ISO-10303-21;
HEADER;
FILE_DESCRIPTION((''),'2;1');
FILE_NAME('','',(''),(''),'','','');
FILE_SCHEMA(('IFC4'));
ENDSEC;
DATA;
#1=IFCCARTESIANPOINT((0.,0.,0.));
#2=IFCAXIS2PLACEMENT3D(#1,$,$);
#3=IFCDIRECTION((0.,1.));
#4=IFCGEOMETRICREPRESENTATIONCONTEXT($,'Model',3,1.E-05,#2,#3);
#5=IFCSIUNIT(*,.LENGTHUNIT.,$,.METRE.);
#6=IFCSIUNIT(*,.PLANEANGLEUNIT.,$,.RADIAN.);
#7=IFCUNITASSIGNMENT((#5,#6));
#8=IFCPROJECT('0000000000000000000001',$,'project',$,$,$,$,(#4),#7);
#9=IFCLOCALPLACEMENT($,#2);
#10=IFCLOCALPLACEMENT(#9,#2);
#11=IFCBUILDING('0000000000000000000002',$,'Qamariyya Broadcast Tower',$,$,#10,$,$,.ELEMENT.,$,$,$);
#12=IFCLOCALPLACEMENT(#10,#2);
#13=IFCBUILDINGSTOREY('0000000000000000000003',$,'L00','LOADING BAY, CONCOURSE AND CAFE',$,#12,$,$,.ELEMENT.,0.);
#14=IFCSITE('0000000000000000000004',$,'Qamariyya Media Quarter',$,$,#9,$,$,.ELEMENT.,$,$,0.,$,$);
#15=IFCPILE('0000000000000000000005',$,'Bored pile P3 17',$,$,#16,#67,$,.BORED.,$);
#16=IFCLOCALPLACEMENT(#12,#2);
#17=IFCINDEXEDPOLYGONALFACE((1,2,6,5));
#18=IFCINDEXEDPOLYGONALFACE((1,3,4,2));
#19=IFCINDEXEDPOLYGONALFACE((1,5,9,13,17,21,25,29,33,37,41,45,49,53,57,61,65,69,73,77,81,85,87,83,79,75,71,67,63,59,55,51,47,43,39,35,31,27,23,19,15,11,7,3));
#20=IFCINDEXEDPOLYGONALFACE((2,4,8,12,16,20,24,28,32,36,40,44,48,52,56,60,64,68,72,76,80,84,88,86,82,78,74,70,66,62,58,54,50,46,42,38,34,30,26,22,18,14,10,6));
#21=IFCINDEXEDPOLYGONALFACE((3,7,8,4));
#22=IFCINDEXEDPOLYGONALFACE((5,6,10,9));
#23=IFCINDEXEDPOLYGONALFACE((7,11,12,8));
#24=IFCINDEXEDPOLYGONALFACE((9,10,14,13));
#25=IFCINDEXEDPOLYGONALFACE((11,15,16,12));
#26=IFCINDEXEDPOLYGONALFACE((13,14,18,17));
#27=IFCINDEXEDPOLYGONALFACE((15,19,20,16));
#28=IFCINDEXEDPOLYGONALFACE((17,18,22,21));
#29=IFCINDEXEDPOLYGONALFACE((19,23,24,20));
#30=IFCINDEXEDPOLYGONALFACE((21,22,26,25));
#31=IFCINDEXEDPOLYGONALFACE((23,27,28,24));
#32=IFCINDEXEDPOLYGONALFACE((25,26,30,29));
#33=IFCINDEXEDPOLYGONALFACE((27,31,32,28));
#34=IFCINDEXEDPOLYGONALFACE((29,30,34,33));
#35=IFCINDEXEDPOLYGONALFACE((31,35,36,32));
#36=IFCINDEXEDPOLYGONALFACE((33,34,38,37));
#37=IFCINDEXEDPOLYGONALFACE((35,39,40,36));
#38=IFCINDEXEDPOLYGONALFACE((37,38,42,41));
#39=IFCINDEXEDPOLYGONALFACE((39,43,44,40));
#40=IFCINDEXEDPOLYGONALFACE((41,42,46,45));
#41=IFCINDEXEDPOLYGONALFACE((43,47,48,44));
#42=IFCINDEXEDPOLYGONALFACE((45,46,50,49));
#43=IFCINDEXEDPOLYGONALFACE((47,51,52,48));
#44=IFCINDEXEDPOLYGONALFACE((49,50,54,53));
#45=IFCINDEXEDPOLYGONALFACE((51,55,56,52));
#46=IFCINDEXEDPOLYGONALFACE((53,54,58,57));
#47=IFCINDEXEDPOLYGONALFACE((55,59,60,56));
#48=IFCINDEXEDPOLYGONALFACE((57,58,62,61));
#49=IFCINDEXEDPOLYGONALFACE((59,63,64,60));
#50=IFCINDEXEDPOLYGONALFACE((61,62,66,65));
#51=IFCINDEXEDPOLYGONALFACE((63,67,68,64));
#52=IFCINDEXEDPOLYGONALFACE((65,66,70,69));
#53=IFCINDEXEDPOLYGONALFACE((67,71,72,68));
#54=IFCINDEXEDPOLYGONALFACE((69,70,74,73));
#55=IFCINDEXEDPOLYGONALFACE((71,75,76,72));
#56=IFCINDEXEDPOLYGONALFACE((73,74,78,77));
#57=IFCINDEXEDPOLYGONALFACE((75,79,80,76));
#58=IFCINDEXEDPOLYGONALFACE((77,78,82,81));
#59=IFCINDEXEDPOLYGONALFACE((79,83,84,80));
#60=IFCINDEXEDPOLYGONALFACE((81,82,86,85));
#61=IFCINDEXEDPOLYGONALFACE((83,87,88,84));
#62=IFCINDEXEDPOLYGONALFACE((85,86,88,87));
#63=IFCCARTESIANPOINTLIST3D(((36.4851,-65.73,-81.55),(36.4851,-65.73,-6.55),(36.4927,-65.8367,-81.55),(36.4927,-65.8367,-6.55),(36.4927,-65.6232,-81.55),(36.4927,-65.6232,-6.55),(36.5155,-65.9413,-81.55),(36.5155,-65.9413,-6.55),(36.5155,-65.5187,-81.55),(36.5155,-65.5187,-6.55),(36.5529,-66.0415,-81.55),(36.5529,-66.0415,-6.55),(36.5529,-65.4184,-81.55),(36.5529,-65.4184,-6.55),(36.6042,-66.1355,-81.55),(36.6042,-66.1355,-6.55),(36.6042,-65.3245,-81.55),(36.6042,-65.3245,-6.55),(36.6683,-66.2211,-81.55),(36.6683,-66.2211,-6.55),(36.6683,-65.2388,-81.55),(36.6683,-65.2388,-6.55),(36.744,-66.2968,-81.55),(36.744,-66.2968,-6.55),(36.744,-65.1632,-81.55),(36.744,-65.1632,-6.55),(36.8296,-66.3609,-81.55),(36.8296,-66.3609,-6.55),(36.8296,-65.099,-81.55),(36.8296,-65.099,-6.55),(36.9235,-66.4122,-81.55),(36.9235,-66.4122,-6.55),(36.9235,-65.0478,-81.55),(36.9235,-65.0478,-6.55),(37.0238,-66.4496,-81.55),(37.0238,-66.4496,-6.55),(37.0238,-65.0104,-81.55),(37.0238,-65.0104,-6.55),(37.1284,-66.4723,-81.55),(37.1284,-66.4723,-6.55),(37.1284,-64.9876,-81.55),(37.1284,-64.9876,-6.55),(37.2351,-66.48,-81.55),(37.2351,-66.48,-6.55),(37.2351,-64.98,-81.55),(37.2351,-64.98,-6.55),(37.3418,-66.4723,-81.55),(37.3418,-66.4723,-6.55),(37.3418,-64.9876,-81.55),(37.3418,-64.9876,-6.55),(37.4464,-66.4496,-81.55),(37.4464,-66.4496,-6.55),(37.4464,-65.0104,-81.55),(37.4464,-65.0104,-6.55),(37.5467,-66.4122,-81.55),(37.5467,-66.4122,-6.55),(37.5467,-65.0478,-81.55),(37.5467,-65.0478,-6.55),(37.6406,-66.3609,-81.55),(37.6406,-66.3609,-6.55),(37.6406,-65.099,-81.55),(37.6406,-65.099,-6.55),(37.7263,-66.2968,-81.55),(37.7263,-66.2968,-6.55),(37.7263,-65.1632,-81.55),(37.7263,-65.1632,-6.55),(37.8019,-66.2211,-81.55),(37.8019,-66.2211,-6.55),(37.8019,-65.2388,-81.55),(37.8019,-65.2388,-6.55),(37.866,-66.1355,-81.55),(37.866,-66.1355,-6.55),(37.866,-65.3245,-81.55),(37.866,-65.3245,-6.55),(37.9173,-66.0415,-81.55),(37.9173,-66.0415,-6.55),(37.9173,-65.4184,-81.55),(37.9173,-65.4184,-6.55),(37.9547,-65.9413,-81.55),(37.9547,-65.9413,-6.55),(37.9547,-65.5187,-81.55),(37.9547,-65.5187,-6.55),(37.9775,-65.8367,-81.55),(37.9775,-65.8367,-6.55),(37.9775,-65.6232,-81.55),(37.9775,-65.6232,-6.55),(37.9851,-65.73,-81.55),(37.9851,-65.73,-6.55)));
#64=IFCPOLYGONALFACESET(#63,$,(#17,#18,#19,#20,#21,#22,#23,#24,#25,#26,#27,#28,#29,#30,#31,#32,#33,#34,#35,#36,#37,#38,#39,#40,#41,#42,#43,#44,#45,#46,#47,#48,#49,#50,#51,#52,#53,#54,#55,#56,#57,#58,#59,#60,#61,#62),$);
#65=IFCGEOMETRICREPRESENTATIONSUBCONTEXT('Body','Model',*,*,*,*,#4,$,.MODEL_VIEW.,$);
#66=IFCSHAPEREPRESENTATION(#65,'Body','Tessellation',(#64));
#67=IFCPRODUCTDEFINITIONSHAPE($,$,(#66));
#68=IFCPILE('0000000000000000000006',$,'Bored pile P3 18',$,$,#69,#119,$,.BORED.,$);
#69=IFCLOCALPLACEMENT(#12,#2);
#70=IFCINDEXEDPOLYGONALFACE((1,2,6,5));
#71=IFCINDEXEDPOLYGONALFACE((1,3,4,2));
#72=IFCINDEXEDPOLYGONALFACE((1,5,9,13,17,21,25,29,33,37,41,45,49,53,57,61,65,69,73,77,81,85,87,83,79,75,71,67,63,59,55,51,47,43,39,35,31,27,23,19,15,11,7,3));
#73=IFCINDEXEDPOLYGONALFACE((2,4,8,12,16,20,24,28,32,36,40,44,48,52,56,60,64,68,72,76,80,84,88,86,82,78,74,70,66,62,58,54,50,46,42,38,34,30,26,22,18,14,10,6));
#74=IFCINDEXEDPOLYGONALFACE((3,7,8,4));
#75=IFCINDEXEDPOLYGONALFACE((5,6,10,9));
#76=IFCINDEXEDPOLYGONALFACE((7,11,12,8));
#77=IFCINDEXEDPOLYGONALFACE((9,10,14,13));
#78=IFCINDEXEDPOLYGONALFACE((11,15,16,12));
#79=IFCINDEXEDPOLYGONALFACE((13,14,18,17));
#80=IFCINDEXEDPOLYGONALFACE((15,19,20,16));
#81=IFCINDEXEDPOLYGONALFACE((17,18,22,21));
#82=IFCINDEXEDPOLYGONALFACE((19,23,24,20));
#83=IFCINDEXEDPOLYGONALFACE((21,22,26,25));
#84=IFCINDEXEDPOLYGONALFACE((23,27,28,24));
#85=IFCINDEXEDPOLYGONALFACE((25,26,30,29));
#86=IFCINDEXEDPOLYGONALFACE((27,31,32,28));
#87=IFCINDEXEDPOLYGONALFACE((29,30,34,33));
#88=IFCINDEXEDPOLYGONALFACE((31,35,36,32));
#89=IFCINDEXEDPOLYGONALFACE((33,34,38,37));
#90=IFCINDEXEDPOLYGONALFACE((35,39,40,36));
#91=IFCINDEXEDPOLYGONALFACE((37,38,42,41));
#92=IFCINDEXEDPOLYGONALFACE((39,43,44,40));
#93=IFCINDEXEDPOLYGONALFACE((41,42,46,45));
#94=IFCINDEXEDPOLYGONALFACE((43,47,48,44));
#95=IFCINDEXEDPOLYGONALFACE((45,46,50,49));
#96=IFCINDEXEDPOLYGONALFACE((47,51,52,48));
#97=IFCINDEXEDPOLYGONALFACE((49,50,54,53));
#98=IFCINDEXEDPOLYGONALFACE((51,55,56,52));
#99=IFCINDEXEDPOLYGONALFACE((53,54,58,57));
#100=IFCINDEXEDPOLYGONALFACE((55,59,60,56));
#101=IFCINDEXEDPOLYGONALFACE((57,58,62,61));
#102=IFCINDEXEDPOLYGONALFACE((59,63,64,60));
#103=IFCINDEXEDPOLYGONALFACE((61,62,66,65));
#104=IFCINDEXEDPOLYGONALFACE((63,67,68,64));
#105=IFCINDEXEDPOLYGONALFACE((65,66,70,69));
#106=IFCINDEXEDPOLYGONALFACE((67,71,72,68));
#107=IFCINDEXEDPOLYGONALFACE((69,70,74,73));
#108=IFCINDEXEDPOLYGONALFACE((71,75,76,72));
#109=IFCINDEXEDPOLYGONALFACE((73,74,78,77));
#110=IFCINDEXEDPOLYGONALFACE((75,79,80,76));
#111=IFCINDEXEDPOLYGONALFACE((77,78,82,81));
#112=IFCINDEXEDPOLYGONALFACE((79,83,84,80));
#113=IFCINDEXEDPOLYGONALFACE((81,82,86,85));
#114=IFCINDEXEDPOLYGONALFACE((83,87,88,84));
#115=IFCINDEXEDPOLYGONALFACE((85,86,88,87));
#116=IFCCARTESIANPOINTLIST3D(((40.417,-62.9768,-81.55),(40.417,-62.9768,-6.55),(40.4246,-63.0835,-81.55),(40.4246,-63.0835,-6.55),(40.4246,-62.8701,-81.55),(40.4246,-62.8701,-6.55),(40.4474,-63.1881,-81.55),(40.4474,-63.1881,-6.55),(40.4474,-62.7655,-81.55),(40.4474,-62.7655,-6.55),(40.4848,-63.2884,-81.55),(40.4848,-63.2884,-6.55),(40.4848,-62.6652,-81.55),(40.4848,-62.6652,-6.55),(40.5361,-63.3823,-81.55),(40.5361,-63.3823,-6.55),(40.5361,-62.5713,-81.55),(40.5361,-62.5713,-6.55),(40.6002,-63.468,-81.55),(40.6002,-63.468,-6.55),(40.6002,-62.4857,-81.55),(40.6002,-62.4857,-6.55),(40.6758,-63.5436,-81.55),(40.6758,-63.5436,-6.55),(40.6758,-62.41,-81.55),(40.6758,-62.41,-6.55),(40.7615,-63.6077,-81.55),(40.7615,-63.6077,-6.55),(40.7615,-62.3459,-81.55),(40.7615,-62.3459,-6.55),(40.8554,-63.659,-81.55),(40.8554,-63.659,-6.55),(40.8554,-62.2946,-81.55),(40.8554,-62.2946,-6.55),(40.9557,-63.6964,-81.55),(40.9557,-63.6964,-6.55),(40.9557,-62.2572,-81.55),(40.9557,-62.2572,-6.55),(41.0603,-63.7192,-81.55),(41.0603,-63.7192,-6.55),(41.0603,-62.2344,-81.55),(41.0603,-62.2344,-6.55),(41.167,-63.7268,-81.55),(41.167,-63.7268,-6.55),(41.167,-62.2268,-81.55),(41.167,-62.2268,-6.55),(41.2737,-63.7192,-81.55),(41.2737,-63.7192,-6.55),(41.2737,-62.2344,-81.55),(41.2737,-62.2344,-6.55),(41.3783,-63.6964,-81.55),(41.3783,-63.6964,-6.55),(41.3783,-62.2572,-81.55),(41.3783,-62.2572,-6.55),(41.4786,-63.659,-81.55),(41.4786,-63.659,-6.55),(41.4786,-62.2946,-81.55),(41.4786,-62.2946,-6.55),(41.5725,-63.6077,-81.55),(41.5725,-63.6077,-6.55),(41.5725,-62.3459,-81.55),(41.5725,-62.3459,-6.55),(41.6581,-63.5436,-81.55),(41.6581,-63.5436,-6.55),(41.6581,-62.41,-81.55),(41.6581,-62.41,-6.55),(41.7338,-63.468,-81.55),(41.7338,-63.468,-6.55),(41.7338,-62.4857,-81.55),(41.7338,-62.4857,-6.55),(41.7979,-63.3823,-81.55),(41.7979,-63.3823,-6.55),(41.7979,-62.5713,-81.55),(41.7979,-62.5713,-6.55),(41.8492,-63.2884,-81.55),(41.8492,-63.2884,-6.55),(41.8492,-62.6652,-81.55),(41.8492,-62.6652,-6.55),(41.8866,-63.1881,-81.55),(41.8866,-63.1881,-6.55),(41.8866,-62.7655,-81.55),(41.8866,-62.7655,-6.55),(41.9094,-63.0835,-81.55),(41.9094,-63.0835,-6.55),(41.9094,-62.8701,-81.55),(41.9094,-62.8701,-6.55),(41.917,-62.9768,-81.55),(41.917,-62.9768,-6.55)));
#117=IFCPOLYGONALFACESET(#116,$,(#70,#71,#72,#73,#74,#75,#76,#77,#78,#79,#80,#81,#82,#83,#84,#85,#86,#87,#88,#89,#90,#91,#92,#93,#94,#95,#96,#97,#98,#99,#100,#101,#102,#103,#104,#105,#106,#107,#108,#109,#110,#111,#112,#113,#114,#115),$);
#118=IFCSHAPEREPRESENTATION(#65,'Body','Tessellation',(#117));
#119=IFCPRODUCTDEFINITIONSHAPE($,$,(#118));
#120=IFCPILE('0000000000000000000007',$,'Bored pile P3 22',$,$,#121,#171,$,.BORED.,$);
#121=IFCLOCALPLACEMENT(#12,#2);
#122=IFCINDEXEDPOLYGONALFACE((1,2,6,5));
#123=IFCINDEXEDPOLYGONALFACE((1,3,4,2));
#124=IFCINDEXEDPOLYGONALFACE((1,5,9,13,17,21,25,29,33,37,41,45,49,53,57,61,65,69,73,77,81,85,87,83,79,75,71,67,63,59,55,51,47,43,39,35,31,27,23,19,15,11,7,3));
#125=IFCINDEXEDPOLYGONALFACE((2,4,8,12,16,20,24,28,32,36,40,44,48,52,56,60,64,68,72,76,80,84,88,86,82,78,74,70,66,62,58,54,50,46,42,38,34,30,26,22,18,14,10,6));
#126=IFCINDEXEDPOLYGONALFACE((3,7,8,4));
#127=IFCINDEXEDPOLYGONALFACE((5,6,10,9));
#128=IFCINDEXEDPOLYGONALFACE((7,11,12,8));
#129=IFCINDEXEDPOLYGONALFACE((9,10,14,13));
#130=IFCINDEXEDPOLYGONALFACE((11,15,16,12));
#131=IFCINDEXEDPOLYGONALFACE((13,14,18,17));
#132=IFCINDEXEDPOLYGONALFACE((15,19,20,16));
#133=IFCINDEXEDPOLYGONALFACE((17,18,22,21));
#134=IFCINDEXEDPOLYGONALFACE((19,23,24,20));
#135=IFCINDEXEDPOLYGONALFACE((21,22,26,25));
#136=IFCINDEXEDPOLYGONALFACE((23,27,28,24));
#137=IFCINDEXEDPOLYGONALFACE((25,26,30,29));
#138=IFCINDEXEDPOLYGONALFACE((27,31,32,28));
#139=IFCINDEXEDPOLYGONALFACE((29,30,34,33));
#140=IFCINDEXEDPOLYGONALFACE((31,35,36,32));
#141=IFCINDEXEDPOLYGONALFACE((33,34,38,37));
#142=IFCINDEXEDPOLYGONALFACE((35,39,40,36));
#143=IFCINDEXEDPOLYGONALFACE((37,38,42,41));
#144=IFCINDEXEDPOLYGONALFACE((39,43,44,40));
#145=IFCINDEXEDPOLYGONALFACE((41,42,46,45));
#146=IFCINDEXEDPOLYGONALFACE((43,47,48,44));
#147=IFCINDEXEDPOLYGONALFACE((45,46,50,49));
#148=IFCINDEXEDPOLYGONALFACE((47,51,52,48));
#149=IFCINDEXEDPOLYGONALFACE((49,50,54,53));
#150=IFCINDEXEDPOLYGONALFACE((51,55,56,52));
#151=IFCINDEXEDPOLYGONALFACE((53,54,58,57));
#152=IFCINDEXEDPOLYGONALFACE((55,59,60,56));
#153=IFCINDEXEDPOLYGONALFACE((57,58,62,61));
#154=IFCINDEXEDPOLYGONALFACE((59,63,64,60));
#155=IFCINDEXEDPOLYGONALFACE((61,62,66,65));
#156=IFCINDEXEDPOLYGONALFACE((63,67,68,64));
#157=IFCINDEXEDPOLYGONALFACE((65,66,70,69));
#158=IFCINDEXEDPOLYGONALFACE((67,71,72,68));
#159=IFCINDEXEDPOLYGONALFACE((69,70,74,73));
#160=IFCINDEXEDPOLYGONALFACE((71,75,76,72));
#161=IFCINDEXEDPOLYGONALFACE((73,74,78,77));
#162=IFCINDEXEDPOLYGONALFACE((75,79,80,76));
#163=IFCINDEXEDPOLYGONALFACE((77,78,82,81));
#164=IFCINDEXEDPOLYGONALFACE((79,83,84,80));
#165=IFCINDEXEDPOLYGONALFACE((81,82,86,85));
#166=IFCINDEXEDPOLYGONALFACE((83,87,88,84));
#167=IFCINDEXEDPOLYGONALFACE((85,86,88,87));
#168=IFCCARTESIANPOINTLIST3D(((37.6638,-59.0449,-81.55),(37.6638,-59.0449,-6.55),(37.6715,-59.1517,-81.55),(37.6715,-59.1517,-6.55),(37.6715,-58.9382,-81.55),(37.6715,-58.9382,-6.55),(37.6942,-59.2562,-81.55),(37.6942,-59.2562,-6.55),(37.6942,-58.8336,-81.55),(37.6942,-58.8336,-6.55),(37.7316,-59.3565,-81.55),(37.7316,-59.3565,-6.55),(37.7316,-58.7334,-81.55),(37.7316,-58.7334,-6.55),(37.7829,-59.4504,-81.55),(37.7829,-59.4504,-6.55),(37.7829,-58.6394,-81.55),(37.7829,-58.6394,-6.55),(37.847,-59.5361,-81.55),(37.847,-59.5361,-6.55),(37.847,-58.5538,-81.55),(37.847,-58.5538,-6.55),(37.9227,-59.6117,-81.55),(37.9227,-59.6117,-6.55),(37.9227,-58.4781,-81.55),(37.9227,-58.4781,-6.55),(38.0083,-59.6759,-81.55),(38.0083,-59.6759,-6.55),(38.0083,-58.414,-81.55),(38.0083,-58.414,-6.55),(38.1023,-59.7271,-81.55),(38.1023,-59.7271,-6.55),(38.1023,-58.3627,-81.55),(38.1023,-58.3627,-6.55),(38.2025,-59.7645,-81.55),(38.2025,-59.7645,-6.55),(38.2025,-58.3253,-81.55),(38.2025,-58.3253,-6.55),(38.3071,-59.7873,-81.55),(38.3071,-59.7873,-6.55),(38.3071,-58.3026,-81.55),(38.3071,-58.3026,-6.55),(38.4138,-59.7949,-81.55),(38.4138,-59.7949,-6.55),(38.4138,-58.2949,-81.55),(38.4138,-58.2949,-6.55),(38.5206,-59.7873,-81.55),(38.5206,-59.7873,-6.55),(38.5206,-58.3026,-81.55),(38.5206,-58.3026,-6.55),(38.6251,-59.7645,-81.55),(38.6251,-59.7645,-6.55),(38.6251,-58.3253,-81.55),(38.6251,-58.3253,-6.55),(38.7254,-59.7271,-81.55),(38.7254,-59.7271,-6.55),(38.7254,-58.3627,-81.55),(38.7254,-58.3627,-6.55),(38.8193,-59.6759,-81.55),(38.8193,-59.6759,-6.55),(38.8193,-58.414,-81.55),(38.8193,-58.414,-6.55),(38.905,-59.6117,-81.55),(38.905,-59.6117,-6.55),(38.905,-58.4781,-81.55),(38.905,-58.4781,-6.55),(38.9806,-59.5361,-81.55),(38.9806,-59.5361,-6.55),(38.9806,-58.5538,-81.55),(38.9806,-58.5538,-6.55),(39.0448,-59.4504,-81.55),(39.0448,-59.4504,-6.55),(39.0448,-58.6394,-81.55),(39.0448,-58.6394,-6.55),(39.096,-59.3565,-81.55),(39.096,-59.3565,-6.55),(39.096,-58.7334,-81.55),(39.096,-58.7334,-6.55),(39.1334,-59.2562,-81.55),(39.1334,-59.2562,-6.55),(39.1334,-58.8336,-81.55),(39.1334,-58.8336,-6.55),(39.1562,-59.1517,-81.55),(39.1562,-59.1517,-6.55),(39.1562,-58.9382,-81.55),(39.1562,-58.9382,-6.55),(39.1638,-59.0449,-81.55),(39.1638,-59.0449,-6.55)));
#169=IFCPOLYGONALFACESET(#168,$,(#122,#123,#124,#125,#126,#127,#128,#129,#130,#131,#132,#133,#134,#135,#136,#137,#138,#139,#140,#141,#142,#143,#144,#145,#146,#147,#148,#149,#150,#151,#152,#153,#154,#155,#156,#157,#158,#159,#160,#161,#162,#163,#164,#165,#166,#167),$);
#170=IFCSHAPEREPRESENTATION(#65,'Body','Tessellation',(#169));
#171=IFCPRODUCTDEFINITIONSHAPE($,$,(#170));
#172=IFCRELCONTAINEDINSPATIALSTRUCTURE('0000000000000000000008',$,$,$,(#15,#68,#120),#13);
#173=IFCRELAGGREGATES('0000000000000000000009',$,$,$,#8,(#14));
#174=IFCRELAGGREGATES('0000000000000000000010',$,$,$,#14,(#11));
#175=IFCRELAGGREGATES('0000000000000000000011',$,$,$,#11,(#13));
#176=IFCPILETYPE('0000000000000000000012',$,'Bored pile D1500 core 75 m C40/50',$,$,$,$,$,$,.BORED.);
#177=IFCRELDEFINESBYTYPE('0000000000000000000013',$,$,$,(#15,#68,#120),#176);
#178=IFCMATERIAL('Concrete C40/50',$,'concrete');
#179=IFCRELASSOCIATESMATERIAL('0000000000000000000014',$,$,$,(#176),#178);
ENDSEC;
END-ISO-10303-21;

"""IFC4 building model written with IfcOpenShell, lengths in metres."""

from ifc_helpers import new_model, si_unit, direction, frame, origin, origin_2d, place, context, subcontext, project, spatial, circle, extrude, material, material_profile, profile_set, type_object, element, save


model = new_model("IFC4")

# Units and contexts
model_context = context("Model", 3, precision=1e-05, world=origin(), true_north=direction((0.0, 1.0)))
body_context = subcontext(model_context, "Body", "Model", "MODEL_VIEW")
ifc_project = project(units=[si_unit("LENGTHUNIT", "METRE"), si_unit("PLANEANGLEUNIT", "RADIAN")], contexts=[model_context])

# Site, building, storey
site_placement = place(None, origin())
site = spatial("IfcSite", under=ifc_project, at=site_placement, Name="Qamariyya Media Quarter", CompositionType="ELEMENT", RefElevation=0.0)
building_placement = place(site_placement, origin())
building = spatial("IfcBuilding", under=site, at=building_placement, Name="Qamariyya Broadcast Tower", CompositionType="ELEMENT")
storey_placement = place(building_placement, origin())
storey = spatial("IfcBuildingStorey", under=building, at=storey_placement, Name="L00", Description="LOADING BAY, CONCOURSE AND CAFE", CompositionType="ELEMENT", Elevation=0.0)

# Piles
ifc_material_1 = material(Name="Concrete C40/50", Category="concrete")
ifc_material_profile_1 = material_profile(ifc_material_1, circle(Radius=0.75, at=origin_2d()))
ifc_profile_set_1 = profile_set([ifc_material_profile_1], Name="Concrete C40/50")
pile_type_1 = type_object("IfcPileType", Name="Bored pile D1500 core 75 m C40/50", PredefinedType="BORED", material=ifc_profile_set_1)
for number, where, z_axis, x_axis, name in (
    (1, (37.2351, -65.73, -6.55), (0.0, 0.0, -1.0), (1.0, 0.0, 0.0), "Bored pile P3 17"),
    (2, (41.167, -62.9768, -6.55), (0.0, 0.0, -1.0), (1.0, 0.0, 0.0), "Bored pile P3 18"),
    (3, (38.4138, -59.0449, -6.55), (0.0, 0.0, -1.0), (1.0, 0.0, 0.0), "Bored pile P3 22"),
):
    element("IfcPile", number, at=place(storey_placement, frame(where, z_axis=z_axis, x_axis=x_axis)), inside=storey, type_object=pile_type_1, Name=name, PredefinedType="BORED", context=body_context, shape_type="SweptSolid", body=[
        extrude(circle(Radius=0.75, at=origin_2d()), origin(), (0.0, 0.0, 1.0), 75.0),
    ])

save(model, "model.ifc")
